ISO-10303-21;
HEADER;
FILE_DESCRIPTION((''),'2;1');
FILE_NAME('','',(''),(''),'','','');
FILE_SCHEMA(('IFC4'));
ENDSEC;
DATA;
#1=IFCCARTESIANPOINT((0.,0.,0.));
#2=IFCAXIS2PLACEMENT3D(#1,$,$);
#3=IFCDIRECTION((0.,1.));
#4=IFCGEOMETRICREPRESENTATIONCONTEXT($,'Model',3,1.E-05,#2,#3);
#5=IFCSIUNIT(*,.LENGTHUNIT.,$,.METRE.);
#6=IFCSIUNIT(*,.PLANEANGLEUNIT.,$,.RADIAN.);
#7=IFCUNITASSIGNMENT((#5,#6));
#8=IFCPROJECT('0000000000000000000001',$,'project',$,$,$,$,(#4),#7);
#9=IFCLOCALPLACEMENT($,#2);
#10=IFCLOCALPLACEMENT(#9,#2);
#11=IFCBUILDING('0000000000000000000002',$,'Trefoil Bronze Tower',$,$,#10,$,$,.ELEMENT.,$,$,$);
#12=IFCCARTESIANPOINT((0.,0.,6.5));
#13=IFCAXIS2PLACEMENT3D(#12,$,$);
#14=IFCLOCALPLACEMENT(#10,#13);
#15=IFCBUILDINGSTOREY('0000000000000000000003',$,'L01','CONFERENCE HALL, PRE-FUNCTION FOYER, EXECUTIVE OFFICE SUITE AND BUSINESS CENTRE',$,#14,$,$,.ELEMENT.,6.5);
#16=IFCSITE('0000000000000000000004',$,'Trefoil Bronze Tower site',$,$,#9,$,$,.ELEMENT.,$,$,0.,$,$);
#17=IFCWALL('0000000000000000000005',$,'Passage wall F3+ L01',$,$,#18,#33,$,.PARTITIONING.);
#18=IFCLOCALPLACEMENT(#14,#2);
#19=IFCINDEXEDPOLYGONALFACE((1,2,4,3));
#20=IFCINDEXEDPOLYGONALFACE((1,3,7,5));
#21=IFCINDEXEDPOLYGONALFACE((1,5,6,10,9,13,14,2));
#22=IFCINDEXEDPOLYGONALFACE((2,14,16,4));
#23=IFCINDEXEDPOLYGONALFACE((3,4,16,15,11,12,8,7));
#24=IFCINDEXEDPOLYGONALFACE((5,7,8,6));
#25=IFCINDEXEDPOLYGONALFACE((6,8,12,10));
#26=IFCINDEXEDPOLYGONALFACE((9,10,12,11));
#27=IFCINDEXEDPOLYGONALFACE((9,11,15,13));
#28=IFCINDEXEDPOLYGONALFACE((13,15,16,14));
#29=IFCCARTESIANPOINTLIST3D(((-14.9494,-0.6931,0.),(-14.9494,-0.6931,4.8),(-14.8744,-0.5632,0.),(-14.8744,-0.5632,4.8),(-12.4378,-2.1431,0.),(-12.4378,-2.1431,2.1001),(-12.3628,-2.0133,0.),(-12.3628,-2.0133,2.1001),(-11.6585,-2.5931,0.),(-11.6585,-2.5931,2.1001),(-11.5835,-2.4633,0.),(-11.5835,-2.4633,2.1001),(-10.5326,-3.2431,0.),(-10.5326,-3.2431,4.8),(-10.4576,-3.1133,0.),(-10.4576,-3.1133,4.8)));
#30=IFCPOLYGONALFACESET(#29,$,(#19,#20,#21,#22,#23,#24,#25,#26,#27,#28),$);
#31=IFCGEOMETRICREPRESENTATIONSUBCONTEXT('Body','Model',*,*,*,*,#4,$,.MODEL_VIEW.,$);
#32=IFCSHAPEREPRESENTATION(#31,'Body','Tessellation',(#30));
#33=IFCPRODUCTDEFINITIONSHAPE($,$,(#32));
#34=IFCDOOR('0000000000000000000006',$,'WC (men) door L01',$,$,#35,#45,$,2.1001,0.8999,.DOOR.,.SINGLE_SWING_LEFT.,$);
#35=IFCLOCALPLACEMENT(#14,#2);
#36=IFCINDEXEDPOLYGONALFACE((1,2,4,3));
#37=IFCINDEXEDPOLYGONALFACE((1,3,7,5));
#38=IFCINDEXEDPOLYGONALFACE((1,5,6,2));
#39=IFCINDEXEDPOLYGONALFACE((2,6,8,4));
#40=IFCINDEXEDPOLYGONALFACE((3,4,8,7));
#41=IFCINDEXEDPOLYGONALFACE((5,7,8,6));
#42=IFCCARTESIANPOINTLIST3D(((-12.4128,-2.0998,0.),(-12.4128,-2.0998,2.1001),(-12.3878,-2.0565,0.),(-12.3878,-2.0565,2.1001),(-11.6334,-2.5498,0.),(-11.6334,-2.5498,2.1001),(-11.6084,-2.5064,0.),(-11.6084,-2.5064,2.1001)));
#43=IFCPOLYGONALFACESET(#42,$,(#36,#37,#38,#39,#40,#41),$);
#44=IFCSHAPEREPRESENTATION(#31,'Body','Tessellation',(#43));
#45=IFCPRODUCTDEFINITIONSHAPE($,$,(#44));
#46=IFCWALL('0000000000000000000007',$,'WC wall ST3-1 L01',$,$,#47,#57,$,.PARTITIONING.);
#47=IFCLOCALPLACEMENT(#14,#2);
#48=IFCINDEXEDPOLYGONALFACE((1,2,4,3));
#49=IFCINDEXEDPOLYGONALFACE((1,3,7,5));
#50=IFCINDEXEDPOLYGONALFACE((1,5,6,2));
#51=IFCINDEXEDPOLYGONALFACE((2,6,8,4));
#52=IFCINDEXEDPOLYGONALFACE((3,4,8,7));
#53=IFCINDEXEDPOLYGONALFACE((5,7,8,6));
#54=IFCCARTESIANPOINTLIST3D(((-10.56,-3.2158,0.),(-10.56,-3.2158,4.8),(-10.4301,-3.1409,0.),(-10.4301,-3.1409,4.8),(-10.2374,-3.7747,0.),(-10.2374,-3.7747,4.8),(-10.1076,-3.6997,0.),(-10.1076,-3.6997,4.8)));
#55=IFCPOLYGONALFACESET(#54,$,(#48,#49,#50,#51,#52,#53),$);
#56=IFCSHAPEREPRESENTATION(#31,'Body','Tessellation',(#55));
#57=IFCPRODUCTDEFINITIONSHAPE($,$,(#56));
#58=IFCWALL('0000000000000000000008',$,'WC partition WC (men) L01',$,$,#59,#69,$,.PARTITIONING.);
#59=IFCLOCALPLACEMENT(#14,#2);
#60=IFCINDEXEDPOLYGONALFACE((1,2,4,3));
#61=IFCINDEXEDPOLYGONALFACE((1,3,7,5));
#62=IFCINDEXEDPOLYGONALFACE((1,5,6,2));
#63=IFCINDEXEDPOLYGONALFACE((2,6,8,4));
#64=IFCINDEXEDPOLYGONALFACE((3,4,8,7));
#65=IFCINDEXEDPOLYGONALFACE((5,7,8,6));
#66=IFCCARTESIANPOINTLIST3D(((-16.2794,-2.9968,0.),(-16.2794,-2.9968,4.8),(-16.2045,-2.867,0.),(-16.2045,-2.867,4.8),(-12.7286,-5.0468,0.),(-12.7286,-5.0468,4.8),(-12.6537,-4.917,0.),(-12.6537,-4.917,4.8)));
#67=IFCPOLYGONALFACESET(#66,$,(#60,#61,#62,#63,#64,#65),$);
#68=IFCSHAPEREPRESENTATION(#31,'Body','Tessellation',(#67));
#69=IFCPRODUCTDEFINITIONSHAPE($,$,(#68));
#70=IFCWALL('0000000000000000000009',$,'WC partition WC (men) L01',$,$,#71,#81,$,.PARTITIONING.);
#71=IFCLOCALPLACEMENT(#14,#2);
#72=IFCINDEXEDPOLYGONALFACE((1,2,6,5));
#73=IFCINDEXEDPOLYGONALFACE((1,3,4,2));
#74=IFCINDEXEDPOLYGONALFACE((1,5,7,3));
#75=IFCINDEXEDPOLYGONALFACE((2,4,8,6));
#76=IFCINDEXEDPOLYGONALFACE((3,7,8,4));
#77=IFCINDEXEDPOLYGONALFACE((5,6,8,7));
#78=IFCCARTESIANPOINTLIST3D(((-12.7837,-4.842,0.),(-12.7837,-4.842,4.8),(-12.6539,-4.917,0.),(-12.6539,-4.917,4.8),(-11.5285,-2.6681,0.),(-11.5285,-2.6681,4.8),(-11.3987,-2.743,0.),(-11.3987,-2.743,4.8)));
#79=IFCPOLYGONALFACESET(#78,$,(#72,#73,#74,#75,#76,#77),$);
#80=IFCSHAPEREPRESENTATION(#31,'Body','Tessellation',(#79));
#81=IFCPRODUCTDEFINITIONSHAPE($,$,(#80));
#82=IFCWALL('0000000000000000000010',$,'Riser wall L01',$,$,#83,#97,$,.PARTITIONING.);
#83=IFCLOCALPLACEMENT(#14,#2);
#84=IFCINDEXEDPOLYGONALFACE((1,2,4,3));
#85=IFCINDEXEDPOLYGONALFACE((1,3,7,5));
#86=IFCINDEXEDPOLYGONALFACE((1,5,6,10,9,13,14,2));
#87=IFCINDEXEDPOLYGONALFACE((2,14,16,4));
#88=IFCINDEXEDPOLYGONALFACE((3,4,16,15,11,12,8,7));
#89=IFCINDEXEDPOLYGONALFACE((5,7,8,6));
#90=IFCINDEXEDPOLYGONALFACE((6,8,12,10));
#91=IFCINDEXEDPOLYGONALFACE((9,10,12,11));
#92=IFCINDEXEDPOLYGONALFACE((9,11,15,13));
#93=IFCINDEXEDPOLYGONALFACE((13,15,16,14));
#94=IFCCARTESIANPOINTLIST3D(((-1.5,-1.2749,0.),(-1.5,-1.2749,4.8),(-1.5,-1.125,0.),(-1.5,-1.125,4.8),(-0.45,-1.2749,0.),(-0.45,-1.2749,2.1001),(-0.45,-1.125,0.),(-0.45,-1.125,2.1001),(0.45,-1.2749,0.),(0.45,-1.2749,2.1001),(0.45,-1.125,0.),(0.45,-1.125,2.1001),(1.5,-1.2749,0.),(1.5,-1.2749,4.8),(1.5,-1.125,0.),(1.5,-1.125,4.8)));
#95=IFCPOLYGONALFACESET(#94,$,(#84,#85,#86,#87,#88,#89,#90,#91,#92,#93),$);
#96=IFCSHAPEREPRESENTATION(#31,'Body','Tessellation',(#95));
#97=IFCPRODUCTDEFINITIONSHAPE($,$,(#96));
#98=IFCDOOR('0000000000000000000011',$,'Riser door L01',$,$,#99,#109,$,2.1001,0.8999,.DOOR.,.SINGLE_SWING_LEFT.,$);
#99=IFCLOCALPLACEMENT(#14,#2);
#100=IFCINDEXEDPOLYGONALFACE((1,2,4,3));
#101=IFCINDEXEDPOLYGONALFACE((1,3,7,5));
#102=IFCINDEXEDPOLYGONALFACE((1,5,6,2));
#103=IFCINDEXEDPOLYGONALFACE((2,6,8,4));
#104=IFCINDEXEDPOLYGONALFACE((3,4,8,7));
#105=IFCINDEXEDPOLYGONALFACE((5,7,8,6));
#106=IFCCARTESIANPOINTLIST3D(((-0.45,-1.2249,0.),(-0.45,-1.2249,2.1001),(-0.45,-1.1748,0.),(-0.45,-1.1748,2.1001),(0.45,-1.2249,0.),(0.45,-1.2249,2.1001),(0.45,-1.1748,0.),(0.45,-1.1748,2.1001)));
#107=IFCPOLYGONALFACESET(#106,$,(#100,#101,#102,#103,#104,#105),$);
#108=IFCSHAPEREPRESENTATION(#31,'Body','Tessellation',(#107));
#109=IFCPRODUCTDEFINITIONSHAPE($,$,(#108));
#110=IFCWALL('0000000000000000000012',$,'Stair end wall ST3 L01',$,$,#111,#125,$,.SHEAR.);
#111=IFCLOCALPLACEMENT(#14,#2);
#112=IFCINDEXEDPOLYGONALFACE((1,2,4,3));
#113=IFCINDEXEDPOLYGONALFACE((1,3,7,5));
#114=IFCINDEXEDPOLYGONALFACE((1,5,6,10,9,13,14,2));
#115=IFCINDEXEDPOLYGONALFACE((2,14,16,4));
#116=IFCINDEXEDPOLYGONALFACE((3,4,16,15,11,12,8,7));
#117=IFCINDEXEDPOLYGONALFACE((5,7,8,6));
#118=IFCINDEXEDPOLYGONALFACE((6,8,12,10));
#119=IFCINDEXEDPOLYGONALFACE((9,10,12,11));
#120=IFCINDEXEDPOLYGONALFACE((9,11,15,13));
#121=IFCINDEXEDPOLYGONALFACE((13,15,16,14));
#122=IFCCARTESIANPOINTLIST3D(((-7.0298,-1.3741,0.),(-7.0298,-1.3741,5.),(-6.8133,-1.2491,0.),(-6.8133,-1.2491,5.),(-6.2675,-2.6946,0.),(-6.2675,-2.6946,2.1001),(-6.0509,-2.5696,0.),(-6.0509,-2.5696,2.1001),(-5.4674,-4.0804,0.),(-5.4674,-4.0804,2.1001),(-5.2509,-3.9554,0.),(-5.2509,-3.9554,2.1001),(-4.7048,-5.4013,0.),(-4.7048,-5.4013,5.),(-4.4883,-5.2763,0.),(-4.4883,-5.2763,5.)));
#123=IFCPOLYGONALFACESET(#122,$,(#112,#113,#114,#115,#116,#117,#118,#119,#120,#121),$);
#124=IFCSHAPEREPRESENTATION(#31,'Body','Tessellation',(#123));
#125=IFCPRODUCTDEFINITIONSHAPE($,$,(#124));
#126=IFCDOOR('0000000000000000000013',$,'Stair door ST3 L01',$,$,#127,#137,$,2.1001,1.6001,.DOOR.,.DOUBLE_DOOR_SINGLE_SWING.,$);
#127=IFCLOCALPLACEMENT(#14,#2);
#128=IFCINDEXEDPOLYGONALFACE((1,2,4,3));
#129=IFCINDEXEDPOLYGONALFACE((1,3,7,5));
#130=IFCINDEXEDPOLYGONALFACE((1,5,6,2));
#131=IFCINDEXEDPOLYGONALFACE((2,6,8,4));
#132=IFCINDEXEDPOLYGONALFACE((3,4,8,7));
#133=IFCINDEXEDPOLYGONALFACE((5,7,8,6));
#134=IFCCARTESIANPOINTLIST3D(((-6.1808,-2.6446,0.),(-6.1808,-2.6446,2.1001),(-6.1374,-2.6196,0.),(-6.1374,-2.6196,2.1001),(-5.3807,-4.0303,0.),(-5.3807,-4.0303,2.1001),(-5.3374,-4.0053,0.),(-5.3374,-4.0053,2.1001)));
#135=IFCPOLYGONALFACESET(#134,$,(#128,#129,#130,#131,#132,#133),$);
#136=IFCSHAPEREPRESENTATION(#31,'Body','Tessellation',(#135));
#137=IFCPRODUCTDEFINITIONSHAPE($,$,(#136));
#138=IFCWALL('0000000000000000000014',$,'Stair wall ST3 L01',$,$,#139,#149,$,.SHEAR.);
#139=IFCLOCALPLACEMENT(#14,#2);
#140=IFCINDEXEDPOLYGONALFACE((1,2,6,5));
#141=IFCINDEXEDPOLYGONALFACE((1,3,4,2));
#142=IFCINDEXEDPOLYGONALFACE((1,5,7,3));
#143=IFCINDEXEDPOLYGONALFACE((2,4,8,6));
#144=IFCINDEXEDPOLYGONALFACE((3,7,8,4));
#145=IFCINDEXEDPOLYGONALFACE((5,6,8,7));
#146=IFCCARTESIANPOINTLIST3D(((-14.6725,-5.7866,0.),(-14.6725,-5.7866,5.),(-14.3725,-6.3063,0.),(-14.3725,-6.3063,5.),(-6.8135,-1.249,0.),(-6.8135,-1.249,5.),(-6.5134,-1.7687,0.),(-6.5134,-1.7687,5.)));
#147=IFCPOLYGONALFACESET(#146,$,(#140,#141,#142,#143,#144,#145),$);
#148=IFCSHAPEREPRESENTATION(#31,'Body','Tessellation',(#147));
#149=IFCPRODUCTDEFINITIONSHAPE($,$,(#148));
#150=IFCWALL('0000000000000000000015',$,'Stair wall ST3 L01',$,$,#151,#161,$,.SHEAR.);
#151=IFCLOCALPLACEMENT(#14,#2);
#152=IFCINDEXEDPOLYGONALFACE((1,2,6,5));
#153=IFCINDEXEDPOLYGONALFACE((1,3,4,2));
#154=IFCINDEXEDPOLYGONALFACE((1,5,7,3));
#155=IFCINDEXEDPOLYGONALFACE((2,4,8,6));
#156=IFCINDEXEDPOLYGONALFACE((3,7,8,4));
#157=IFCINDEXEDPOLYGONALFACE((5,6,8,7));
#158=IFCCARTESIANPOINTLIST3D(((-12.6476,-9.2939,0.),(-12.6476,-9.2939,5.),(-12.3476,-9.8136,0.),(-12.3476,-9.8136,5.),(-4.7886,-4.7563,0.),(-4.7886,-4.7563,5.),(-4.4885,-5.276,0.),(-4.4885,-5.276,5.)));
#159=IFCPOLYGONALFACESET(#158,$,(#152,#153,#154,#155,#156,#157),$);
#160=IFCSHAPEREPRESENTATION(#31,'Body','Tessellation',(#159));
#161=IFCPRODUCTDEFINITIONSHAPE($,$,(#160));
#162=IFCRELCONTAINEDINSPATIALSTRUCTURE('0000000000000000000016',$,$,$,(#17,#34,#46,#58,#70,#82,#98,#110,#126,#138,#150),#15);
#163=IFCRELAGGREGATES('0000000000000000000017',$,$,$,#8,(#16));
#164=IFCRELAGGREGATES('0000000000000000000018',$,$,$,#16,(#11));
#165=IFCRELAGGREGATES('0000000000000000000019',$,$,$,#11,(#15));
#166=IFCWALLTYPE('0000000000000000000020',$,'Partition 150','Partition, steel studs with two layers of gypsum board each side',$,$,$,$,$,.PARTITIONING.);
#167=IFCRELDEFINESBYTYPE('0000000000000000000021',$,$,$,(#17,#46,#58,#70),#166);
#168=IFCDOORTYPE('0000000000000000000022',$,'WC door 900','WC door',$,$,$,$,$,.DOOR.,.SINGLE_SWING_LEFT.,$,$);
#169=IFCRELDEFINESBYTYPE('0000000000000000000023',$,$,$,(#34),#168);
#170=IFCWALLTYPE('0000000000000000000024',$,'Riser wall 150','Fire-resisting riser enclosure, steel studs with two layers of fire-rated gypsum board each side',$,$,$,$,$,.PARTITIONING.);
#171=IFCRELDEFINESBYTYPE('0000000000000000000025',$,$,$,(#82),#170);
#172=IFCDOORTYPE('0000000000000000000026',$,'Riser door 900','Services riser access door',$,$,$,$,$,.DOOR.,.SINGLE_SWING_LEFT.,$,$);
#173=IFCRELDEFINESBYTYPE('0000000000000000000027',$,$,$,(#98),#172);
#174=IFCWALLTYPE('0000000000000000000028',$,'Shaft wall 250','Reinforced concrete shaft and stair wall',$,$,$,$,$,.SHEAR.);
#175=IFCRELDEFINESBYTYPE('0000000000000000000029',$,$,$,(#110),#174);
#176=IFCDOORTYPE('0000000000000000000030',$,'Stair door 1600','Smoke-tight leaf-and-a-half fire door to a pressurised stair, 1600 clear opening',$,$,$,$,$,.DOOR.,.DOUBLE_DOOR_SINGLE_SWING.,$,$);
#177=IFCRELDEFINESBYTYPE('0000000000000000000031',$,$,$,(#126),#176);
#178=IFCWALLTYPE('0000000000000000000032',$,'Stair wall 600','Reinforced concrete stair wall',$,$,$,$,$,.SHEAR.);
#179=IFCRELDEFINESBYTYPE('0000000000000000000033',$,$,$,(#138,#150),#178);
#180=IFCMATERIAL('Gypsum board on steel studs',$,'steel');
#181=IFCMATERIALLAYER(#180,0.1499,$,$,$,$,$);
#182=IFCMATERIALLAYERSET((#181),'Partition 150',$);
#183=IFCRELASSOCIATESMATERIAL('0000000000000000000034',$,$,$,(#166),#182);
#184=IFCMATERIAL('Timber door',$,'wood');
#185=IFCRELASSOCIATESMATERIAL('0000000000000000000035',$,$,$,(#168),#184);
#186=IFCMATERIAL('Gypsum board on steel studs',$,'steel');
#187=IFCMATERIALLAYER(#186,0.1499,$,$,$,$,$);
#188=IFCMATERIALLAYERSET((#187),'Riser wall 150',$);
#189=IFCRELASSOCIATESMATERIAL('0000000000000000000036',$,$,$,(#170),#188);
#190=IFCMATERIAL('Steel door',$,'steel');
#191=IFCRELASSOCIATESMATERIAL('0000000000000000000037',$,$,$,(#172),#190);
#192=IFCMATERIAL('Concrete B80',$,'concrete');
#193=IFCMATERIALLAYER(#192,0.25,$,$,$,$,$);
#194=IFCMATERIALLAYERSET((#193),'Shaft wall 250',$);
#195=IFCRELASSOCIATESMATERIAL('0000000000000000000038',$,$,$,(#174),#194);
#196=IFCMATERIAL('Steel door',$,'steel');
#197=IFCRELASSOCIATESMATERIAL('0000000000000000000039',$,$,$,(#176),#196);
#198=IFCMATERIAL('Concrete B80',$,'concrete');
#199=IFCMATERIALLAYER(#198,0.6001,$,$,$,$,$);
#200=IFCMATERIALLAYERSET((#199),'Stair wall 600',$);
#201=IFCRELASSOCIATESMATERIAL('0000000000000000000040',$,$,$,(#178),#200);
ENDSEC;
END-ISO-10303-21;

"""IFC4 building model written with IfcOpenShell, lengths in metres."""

from ifc_helpers import new_model, si_unit, direction, frame, frame_2d, origin, place, context, subcontext, project, spatial, rectangle, extrude, material, layer, layer_set, type_object, element, fill, save


model = new_model("IFC4")

# Units and contexts
model_context = context("Model", 3, precision=1e-05, world=origin(), true_north=direction((0.0, 1.0)))
body_context = subcontext(model_context, "Body", "Model", "MODEL_VIEW")
ifc_project = project(units=[si_unit("LENGTHUNIT", "METRE"), si_unit("PLANEANGLEUNIT", "RADIAN")], contexts=[model_context])

# Site, building, storey
site_placement = place(None, origin())
site = spatial("IfcSite", under=ifc_project, at=site_placement, Name="Trefoil Bronze Tower site", CompositionType="ELEMENT", RefElevation=0.0)
building_placement = place(site_placement, origin())
building = spatial("IfcBuilding", under=site, at=building_placement, Name="Trefoil Bronze Tower", CompositionType="ELEMENT")
storey_placement = place(building_placement, frame((0.0, 0.0, 6.5)))
storey = spatial("IfcBuildingStorey", under=building, at=storey_placement, Name="L01", Description="CONFERENCE HALL, PRE-FUNCTION FOYER, EXECUTIVE OFFICE SUITE AND BUSINESS CENTRE", CompositionType="ELEMENT", Elevation=6.5)

# Wall, opening, door
ifc_material_1 = material(Name="Gypsum board on steel studs", Category="steel")
ifc_layer_1 = layer(ifc_material_1, 0.1499)
ifc_layer_set_1 = layer_set([ifc_layer_1], Name="Partition 150")
wall_type_1 = type_object("IfcWallType", Name="Partition 150", Description="Partition, steel studs with two layers of gypsum board each side", PredefinedType="PARTITIONING", material=ifc_layer_set_1)
wall_1_placement = place(storey_placement, frame((-10.4951, -3.1782, 0.0), z_axis=(0.0, 0.0, 1.0), x_axis=(-0.866022, 0.500006, 0.0)))
wall_1 = element("IfcWall", 1, at=wall_1_placement, inside=storey, type_object=wall_type_1, Name="Passage wall F3+ L01", PredefinedType="PARTITIONING", context=body_context, shape_type="SweptSolid", body=[
    extrude(rectangle(XDim=5.1001, YDim=0.1499, at=frame_2d((2.55, 0.0))), origin(), (0.0, 0.0, 1.0), 4.8),
])
opening_1_placement = place(wall_1_placement, frame((1.3, 0.0, 0.0)))
opening_1 = element("IfcOpeningElement", 2, at=opening_1_placement, cuts=wall_1, PredefinedType="OPENING", context=body_context, shape_type="SweptSolid", body=[
    extrude(rectangle(XDim=0.8999, YDim=2.1001, at=frame_2d((0.45, 1.05))), frame((0.0, 0.085, 0.0), z_axis=(0.0, -1.0, 0.0), x_axis=(1.0, 0.0, 0.0)), (0.0, 0.0, 1.0), 0.1699),
])
ifc_material_2 = material(Name="Timber door", Category="wood")
door_type_1 = type_object("IfcDoorType", Name="WC door 900", Description="WC door", OperationType="SINGLE_SWING_LEFT", PredefinedType="DOOR", material=ifc_material_2)
door_1_placement = place(opening_1_placement, origin())
door_1 = element("IfcDoor", 3, at=door_1_placement, inside=storey, type_object=door_type_1, Name="WC (men) door L01", OperationType="SINGLE_SWING_LEFT", OverallHeight=2.1001, OverallWidth=0.8999, PredefinedType="DOOR", context=body_context, shape_type="SweptSolid", body=[
    extrude(rectangle(XDim=0.8999, YDim=2.1001, at=frame_2d((0.45, 1.05))), frame((0.0, 0.0249, 0.0), z_axis=(0.0, -1.0, 0.0), x_axis=(1.0, 0.0, 0.0)), (0.0, 0.0, 1.0), 0.05),
])
fill(opening_1, door_1)

# Walls
wall_2_placement = place(storey_placement, frame((-10.4951, -3.1782, 0.0), z_axis=(0.0, 0.0, 1.0), x_axis=(0.499843, -0.866116, 0.0)))
element("IfcWall", 4, at=wall_2_placement, inside=storey, type_object=wall_type_1, Name="WC wall ST3-1 L01", PredefinedType="PARTITIONING", context=body_context, shape_type="SweptSolid", body=[
    extrude(rectangle(XDim=0.6453, YDim=0.1499, at=frame_2d((0.3228, 0.0))), origin(), (0.0, 0.0, 1.0), 4.8),
])
wall_3_placement = place(storey_placement, frame((-12.6912, -4.9819, 0.0), z_axis=(0.0, 0.0, 1.0), x_axis=(-0.866025, 0.500001, 0.0)))
element("IfcWall", 5, at=wall_3_placement, inside=storey, type_object=wall_type_1, Name="WC partition WC (men) L01", PredefinedType="PARTITIONING", context=body_context, shape_type="SweptSolid", body=[
    extrude(rectangle(XDim=4.1001, YDim=0.1499, at=frame_2d((2.05, 0.0))), origin(), (0.0, 0.0, 1.0), 4.8),
])
wall_4_placement = place(storey_placement, frame((-11.4636, -2.7056, 0.0), z_axis=(0.0, 0.0, 1.0), x_axis=(-0.50002, -0.866014, 0.0)))
element("IfcWall", 6, at=wall_4_placement, inside=storey, type_object=wall_type_1, Name="WC partition WC (men) L01", PredefinedType="PARTITIONING", context=body_context, shape_type="SweptSolid", body=[
    extrude(rectangle(XDim=2.5103, YDim=0.1499, at=frame_2d((1.2551, 0.0))), origin(), (0.0, 0.0, 1.0), 4.8),
])

# Walls, openings, doors
ifc_material_3 = material(Name="Gypsum board on steel studs", Category="steel")
ifc_layer_2 = layer(ifc_material_3, 0.1499)
ifc_layer_set_2 = layer_set([ifc_layer_2], Name="Riser wall 150")
wall_type_2 = type_object("IfcWallType", Name="Riser wall 150", Description="Fire-resisting riser enclosure, steel studs with two layers of fire-rated gypsum board each side", PredefinedType="PARTITIONING", material=ifc_layer_set_2)
wall_5_placement = place(storey_placement, frame((-1.5, -1.2, 0.0), z_axis=(0.0, 0.0, 1.0), x_axis=(1.0, 0.0, 0.0)))
wall_5 = element("IfcWall", 7, at=wall_5_placement, inside=storey, type_object=wall_type_2, Name="Riser wall L01", PredefinedType="PARTITIONING", context=body_context, shape_type="SweptSolid", body=[
    extrude(rectangle(XDim=3.0, YDim=0.1499, at=frame_2d((1.5, 0.0))), origin(), (0.0, 0.0, 1.0), 4.8),
])
opening_2_placement = place(wall_5_placement, frame((1.05, 0.0, 0.0)))
opening_2 = element("IfcOpeningElement", 8, at=opening_2_placement, cuts=wall_5, PredefinedType="OPENING", context=body_context, shape_type="SweptSolid", body=[
    extrude(rectangle(XDim=0.8999, YDim=2.1001, at=frame_2d((0.45, 1.05))), frame((0.0, 0.085, 0.0), z_axis=(0.0, -1.0, 0.0), x_axis=(1.0, 0.0, 0.0)), (0.0, 0.0, 1.0), 0.1699),
])
ifc_material_4 = material(Name="Steel door", Category="steel")
door_type_2 = type_object("IfcDoorType", Name="Riser door 900", Description="Services riser access door", OperationType="SINGLE_SWING_LEFT", PredefinedType="DOOR", material=ifc_material_4)
door_2_placement = place(opening_2_placement, frame((0.8999, 0.0, 0.0), z_axis=(0.0, 0.0, 1.0), x_axis=(-1.0, 0.0, 0.0)))
door_2 = element("IfcDoor", 9, at=door_2_placement, inside=storey, type_object=door_type_2, Name="Riser door L01", OperationType="SINGLE_SWING_LEFT", OverallHeight=2.1001, OverallWidth=0.8999, PredefinedType="DOOR", context=body_context, shape_type="SweptSolid", body=[
    extrude(rectangle(XDim=0.8999, YDim=2.1001, at=frame_2d((0.45, 1.05))), frame((0.0, 0.0249, 0.0), z_axis=(0.0, -1.0, 0.0), x_axis=(1.0, 0.0, 0.0)), (0.0, 0.0, 1.0), 0.05),
])
fill(opening_2, door_2)
ifc_material_5 = material(Name="Concrete B80", Category="concrete")
ifc_layer_3 = layer(ifc_material_5, 0.25)
ifc_layer_set_3 = layer_set([ifc_layer_3], Name="Shaft wall 250")
wall_type_3 = type_object("IfcWallType", Name="Shaft wall 250", Description="Reinforced concrete shaft and stair wall", PredefinedType="SHEAR", material=ifc_layer_set_3)
wall_6_placement = place(storey_placement, frame((-6.9216, -1.3115, 0.0), z_axis=(0.0, 0.0, 1.0), x_axis=(0.499985, -0.866034, 0.0)))
wall_6 = element("IfcWall", 10, at=wall_6_placement, inside=storey, type_object=wall_type_3, Name="Stair end wall ST3 L01", PredefinedType="SHEAR", context=body_context, shape_type="SweptSolid", body=[
    extrude(rectangle(XDim=4.6501, YDim=0.25, at=frame_2d((2.3252, 0.0))), origin(), (0.0, 0.0, 1.0), 5.0),
])
opening_3_placement = place(wall_6_placement, frame((1.5249, 0.0, 0.0)))
opening_3 = element("IfcOpeningElement", 11, at=opening_3_placement, cuts=wall_6, PredefinedType="OPENING", context=body_context, shape_type="SweptSolid", body=[
    extrude(rectangle(XDim=1.6001, YDim=2.1001, at=frame_2d((0.8, 1.05))), frame((0.0, 0.135, 0.0), z_axis=(0.0, -1.0, 0.0), x_axis=(1.0, 0.0, 0.0)), (0.0, 0.0, 1.0), 0.27),
])
ifc_material_6 = material(Name="Steel door", Category="steel")
door_type_3 = type_object("IfcDoorType", Name="Stair door 1600", Description="Smoke-tight leaf-and-a-half fire door to a pressurised stair, 1600 clear opening", OperationType="DOUBLE_DOOR_SINGLE_SWING", PredefinedType="DOOR", material=ifc_material_6)
door_3_placement = place(opening_3_placement, frame((1.6001, 0.0, 0.0), z_axis=(0.0, 0.0, 1.0), x_axis=(-1.0, 0.0, 0.0)))
door_3 = element("IfcDoor", 12, at=door_3_placement, inside=storey, type_object=door_type_3, Name="Stair door ST3 L01", OperationType="DOUBLE_DOOR_SINGLE_SWING", OverallHeight=2.1001, OverallWidth=1.6001, PredefinedType="DOOR", context=body_context, shape_type="SweptSolid", body=[
    extrude(rectangle(XDim=1.6001, YDim=2.1001, at=frame_2d((0.8, 1.05))), frame((0.0, 0.0249, 0.0), z_axis=(0.0, -1.0, 0.0), x_axis=(1.0, 0.0, 0.0)), (0.0, 0.0, 1.0), 0.05),
])
fill(opening_3, door_3)

# Walls
ifc_material_7 = material(Name="Concrete B80", Category="concrete")
ifc_layer_4 = layer(ifc_material_7, 0.6001)
ifc_layer_set_4 = layer_set([ifc_layer_4], Name="Stair wall 600")
wall_type_4 = type_object("IfcWallType", Name="Stair wall 600", Description="Reinforced concrete stair wall", PredefinedType="SHEAR", material=ifc_layer_set_4)
for number, where, z_axis, x_axis, name in (
    (13, (-6.6633, -1.5088, 0.0), (0.0, 0.0, 1.0), (-0.866019, -0.50001, 0.0), "Stair wall ST3 L01"),
    (14, (-4.6384, -5.0161, 0.0), (0.0, 0.0, 1.0), (-0.866019, -0.50001, 0.0), "Stair wall ST3 L01"),
):
    element("IfcWall", number, at=place(storey_placement, frame(where, z_axis=z_axis, x_axis=x_axis)), inside=storey, type_object=wall_type_4, Name=name, PredefinedType="SHEAR", context=body_context, shape_type="SweptSolid", body=[
        extrude(rectangle(XDim=9.075, YDim=0.6001, at=frame_2d((4.5376, 0.0))), origin(), (0.0, 0.0, 1.0), 5.0),
    ])

save(model, "model.ifc")
